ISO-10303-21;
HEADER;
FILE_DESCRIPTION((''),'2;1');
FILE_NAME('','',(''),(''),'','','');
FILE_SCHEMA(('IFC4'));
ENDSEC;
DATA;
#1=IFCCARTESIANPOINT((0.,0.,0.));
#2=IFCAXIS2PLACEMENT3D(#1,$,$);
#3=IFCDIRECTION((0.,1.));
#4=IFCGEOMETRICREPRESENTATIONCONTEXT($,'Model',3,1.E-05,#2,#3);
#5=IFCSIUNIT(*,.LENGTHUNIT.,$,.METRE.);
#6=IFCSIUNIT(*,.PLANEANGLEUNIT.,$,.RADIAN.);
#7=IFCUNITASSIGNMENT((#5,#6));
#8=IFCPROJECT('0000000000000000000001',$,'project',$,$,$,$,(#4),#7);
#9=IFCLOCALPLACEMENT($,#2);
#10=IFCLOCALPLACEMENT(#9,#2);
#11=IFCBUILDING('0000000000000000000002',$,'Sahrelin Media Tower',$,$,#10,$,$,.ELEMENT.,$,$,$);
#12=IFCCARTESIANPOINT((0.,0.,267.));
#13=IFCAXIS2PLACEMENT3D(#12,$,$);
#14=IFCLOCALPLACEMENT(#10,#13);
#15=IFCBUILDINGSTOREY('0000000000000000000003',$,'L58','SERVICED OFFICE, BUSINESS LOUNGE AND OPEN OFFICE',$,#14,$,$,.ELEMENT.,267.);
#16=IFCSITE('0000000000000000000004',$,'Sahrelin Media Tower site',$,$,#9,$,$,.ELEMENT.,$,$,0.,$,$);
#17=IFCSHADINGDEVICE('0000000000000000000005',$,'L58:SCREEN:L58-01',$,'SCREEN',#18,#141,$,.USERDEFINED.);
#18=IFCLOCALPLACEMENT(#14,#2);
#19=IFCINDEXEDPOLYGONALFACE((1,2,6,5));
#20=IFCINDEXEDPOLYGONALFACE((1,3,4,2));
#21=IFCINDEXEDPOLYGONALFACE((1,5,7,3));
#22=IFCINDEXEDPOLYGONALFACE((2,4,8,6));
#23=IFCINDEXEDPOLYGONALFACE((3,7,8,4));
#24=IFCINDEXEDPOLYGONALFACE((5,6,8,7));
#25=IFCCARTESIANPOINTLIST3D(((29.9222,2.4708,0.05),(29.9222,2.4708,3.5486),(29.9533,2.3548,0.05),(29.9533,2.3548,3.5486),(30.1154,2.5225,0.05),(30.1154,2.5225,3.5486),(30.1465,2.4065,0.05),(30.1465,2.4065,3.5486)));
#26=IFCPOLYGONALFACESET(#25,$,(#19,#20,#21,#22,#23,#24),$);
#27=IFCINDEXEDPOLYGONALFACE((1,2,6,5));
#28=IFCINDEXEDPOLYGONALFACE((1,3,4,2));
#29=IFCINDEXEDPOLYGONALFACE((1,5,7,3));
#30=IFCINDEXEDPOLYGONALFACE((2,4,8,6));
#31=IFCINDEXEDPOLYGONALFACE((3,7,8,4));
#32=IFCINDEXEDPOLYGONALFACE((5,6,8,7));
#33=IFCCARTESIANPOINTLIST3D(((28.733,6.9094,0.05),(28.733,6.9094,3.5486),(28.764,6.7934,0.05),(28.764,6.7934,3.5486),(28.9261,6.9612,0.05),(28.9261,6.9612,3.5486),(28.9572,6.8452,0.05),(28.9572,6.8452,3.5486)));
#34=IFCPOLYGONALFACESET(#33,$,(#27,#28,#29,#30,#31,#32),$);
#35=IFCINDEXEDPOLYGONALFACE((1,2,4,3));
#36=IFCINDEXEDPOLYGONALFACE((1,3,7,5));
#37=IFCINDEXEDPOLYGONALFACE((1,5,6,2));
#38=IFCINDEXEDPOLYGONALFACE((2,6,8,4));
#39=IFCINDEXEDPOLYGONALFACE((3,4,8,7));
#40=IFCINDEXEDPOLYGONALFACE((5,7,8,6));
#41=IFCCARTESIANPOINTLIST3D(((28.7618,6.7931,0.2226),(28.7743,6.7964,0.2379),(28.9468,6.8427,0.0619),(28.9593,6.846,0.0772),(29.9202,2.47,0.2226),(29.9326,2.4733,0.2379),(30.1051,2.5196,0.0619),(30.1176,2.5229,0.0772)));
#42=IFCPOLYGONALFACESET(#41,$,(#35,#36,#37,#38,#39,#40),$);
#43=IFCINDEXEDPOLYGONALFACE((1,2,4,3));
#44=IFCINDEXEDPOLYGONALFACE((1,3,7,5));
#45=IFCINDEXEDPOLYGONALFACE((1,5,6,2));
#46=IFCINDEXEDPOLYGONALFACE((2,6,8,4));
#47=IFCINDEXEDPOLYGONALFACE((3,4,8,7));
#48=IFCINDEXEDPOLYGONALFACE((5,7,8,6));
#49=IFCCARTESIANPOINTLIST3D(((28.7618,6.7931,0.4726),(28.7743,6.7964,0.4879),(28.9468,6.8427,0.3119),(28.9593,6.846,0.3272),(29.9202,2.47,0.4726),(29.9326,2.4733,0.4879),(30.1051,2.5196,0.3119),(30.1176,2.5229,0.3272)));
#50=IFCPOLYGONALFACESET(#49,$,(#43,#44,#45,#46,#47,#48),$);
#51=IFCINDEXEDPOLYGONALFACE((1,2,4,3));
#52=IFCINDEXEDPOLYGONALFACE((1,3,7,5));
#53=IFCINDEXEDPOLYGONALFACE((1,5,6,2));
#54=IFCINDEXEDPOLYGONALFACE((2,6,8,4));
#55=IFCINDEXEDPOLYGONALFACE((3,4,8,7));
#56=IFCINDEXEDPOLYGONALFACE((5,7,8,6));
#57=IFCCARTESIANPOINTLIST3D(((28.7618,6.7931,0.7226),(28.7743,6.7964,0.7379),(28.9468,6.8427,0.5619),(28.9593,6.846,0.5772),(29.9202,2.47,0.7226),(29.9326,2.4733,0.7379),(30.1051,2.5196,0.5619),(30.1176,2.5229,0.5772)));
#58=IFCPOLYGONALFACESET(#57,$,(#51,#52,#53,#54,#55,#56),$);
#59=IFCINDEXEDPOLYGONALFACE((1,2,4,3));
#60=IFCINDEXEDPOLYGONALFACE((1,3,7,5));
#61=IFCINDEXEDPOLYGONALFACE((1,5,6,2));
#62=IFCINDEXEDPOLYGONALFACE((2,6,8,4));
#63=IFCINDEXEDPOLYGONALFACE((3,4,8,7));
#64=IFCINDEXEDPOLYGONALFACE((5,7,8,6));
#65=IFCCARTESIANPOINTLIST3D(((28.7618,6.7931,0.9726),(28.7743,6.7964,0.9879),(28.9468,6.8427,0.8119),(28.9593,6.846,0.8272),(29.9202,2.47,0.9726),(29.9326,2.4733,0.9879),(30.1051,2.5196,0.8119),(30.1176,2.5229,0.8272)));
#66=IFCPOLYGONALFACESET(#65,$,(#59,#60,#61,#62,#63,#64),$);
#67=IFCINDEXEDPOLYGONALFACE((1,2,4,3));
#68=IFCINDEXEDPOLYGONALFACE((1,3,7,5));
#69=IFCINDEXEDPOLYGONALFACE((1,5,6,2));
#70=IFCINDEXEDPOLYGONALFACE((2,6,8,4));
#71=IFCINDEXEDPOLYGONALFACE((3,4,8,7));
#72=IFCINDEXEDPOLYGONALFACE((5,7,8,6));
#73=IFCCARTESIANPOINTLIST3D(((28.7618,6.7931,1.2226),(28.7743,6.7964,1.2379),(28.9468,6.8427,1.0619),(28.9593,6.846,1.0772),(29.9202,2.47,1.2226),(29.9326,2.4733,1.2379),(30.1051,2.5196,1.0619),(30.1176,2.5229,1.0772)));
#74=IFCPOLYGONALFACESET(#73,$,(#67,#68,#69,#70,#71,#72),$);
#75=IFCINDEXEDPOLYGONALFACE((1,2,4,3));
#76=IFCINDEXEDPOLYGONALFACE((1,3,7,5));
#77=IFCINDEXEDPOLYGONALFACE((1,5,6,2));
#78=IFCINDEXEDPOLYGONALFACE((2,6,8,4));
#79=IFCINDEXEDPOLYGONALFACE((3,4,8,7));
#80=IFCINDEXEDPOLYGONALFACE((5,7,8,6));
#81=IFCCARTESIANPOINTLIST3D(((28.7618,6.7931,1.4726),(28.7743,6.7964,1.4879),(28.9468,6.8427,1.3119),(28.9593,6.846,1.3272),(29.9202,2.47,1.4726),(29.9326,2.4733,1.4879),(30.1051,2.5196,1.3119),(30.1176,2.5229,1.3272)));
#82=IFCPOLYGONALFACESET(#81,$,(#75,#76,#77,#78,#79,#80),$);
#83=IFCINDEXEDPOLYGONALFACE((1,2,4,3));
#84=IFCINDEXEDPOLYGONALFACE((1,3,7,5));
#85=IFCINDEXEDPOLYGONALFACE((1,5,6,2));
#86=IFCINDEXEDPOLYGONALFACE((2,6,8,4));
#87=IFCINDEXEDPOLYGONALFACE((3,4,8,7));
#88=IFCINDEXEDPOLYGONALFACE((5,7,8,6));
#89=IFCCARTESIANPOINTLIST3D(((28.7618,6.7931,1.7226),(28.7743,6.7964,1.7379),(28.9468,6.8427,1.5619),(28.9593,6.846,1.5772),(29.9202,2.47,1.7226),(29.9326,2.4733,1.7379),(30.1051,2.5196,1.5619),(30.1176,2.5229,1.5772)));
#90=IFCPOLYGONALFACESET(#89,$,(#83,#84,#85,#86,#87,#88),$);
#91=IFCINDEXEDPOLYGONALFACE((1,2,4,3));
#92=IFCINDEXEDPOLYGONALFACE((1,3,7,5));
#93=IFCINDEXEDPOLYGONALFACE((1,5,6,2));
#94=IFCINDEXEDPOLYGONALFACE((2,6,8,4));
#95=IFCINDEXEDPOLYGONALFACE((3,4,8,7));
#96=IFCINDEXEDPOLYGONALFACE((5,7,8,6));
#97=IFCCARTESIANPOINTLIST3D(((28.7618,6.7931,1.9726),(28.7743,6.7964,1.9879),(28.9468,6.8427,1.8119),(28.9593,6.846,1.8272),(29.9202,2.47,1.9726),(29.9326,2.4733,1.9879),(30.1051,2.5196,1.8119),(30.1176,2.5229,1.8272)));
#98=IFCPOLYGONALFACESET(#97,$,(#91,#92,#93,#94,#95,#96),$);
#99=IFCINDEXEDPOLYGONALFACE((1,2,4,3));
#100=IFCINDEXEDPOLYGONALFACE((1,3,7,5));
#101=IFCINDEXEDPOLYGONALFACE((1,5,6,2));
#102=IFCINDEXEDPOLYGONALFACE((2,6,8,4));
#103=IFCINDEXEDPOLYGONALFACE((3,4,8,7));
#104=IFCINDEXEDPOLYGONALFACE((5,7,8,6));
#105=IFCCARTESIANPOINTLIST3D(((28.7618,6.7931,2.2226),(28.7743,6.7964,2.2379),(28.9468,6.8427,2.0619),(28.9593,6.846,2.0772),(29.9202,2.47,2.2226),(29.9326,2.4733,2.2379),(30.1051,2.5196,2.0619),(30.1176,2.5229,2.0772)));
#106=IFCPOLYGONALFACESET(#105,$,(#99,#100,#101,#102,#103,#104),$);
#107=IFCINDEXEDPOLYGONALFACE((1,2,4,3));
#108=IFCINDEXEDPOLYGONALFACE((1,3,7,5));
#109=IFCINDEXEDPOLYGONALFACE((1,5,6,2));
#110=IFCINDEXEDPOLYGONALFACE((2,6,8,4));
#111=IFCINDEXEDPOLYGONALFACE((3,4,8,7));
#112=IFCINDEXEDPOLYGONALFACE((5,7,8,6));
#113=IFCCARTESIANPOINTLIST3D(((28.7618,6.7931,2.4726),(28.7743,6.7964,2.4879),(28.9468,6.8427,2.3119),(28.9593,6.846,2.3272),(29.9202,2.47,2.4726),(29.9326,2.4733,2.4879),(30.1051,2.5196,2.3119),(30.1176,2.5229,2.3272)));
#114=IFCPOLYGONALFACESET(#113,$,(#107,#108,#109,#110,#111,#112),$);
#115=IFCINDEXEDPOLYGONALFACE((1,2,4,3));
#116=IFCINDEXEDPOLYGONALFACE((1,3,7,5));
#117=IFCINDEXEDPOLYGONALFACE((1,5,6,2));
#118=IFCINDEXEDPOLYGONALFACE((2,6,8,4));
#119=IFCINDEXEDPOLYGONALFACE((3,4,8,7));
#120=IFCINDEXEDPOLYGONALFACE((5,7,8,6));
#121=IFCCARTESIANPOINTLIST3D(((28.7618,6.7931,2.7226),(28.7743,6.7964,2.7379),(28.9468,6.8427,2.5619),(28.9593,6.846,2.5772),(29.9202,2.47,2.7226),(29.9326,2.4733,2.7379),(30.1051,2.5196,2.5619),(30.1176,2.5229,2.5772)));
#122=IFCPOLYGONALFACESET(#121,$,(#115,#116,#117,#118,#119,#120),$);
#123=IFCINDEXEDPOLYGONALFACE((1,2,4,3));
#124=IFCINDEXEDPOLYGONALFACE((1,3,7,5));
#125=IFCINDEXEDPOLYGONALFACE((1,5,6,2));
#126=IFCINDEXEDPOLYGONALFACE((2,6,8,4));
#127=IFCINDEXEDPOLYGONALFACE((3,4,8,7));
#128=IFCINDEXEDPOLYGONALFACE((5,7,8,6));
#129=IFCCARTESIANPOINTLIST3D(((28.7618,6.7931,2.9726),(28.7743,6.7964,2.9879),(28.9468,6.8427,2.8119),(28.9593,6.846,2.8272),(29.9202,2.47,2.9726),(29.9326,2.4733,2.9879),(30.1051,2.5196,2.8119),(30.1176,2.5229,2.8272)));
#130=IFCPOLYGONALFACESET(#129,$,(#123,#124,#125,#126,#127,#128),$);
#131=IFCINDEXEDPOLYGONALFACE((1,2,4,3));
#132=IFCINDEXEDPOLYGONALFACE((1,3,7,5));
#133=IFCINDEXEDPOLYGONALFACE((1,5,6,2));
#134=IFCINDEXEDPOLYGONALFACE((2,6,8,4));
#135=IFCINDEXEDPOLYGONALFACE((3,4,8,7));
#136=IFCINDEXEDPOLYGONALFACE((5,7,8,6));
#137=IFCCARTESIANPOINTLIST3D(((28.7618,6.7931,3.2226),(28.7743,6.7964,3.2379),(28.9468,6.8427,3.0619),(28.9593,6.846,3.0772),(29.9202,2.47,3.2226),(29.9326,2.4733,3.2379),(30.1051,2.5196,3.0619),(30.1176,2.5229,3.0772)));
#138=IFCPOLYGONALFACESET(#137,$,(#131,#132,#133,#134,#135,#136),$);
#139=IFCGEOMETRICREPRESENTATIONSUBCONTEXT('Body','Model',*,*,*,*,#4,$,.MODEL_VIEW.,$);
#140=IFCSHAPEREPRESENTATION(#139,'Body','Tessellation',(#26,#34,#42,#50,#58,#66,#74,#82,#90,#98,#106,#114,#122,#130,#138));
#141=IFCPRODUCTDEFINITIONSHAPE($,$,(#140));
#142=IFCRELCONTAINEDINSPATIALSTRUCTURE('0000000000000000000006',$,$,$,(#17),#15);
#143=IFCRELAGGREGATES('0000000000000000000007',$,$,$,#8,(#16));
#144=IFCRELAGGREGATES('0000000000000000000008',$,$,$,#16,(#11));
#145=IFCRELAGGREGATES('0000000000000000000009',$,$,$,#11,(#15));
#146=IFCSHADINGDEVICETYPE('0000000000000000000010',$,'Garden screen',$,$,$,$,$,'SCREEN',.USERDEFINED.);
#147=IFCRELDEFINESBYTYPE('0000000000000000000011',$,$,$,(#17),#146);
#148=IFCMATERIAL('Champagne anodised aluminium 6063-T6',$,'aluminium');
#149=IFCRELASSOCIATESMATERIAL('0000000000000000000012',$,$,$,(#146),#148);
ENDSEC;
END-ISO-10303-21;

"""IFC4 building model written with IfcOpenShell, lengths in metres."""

from ifc_helpers import new_model, si_unit, direction, frame, origin, origin_2d, place, context, subcontext, project, spatial, rectangle, extrude, material, type_object, element, save


model = new_model("IFC4")

# Units and contexts
model_context = context("Model", 3, precision=1e-05, world=origin(), true_north=direction((0.0, 1.0)))
body_context = subcontext(model_context, "Body", "Model", "MODEL_VIEW")
ifc_project = project(units=[si_unit("LENGTHUNIT", "METRE"), si_unit("PLANEANGLEUNIT", "RADIAN")], contexts=[model_context])

# Site, building, storey
site_placement = place(None, origin())
site = spatial("IfcSite", under=ifc_project, at=site_placement, Name="Sahrelin Media Tower site", CompositionType="ELEMENT", RefElevation=0.0)
building_placement = place(site_placement, origin())
building = spatial("IfcBuilding", under=site, at=building_placement, Name="Sahrelin Media Tower", CompositionType="ELEMENT")
storey_placement = place(building_placement, frame((0.0, 0.0, 267.0)))
storey = spatial("IfcBuildingStorey", under=building, at=storey_placement, Name="L58", Description="SERVICED OFFICE, BUSINESS LOUNGE AND OPEN OFFICE", CompositionType="ELEMENT", Elevation=267.0)

# Shared definitions
ifc_material_1 = material(Name="Champagne anodised aluminium 6063-T6", Category="aluminium")

# Shading device
shading_device_type_1 = type_object("IfcShadingDeviceType", Name="Garden screen", ElementType="SCREEN", PredefinedType="USERDEFINED", material=ifc_material_1)
shading_device_1_placement = place(storey_placement, frame((29.343, 4.6321, 0.0), z_axis=(0.0, 0.0, 1.0), x_axis=(0.258808, -0.965929, 0.0)))
element("IfcShadingDevice", 1, at=shading_device_1_placement, inside=storey, type_object=shading_device_type_1, Name="L58:SCREEN:L58-01", ObjectType="SCREEN", PredefinedType="USERDEFINED", context=body_context, shape_type="SweptSolid", body=[
    extrude(rectangle(XDim=0.1201, YDim=0.2, at=origin_2d()), frame((2.2976, 0.1001, 0.05), z_axis=(0.0, 0.0, 1.0), x_axis=(1.0, 0.0, 0.0)), (0.0, 0.0, 1.0), 3.4985),
    extrude(rectangle(XDim=0.1201, YDim=0.2, at=origin_2d()), frame((-2.2976, 0.1001, 0.05), z_axis=(0.0, 0.0, 1.0), x_axis=(1.0, 0.0, 0.0)), (0.0, 0.0, 1.0), 3.4985),
    extrude(rectangle(XDim=0.25, YDim=0.02, at=origin_2d()), frame((2.2378, 0.1001, 0.1499), z_axis=(-1.0, 0.0, 0.0), x_axis=(0.0, -0.766044, 0.642788)), (0.0, 0.0, 1.0), 4.4756),
    extrude(rectangle(XDim=0.25, YDim=0.02, at=origin_2d()), frame((2.2378, 0.1001, 0.3999), z_axis=(-1.0, 0.0, 0.0), x_axis=(0.0, -0.766044, 0.642788)), (0.0, 0.0, 1.0), 4.4756),
    extrude(rectangle(XDim=0.25, YDim=0.02, at=origin_2d()), frame((2.2378, 0.1001, 0.6499), z_axis=(-1.0, 0.0, 0.0), x_axis=(0.0, -0.766044, 0.642788)), (0.0, 0.0, 1.0), 4.4756),
    extrude(rectangle(XDim=0.25, YDim=0.02, at=origin_2d()), frame((2.2378, 0.1001, 0.8999), z_axis=(-1.0, 0.0, 0.0), x_axis=(0.0, -0.766044, 0.642788)), (0.0, 0.0, 1.0), 4.4756),
    extrude(rectangle(XDim=0.25, YDim=0.02, at=origin_2d()), frame((2.2378, 0.1001, 1.1499), z_axis=(-1.0, 0.0, 0.0), x_axis=(0.0, -0.766044, 0.642788)), (0.0, 0.0, 1.0), 4.4756),
    extrude(rectangle(XDim=0.25, YDim=0.02, at=origin_2d()), frame((2.2378, 0.1001, 1.3999), z_axis=(-1.0, 0.0, 0.0), x_axis=(0.0, -0.766044, 0.642788)), (0.0, 0.0, 1.0), 4.4756),
    extrude(rectangle(XDim=0.25, YDim=0.02, at=origin_2d()), frame((2.2378, 0.1001, 1.6499), z_axis=(-1.0, 0.0, 0.0), x_axis=(0.0, -0.766044, 0.642788)), (0.0, 0.0, 1.0), 4.4756),
    extrude(rectangle(XDim=0.25, YDim=0.02, at=origin_2d()), frame((2.2378, 0.1001, 1.8999), z_axis=(-1.0, 0.0, 0.0), x_axis=(0.0, -0.766044, 0.642788)), (0.0, 0.0, 1.0), 4.4756),
    extrude(rectangle(XDim=0.25, YDim=0.02, at=origin_2d()), frame((2.2378, 0.1001, 2.1499), z_axis=(-1.0, 0.0, 0.0), x_axis=(0.0, -0.766044, 0.642788)), (0.0, 0.0, 1.0), 4.4756),
    extrude(rectangle(XDim=0.25, YDim=0.02, at=origin_2d()), frame((2.2378, 0.1001, 2.3999), z_axis=(-1.0, 0.0, 0.0), x_axis=(0.0, -0.766044, 0.642788)), (0.0, 0.0, 1.0), 4.4756),
    extrude(rectangle(XDim=0.25, YDim=0.02, at=origin_2d()), frame((2.2378, 0.1001, 2.6499), z_axis=(-1.0, 0.0, 0.0), x_axis=(0.0, -0.766044, 0.642788)), (0.0, 0.0, 1.0), 4.4756),
    extrude(rectangle(XDim=0.25, YDim=0.02, at=origin_2d()), frame((2.2378, 0.1001, 2.8999), z_axis=(-1.0, 0.0, 0.0), x_axis=(0.0, -0.766044, 0.642788)), (0.0, 0.0, 1.0), 4.4756),
    extrude(rectangle(XDim=0.25, YDim=0.02, at=origin_2d()), frame((2.2378, 0.1001, 3.1499), z_axis=(-1.0, 0.0, 0.0), x_axis=(0.0, -0.766044, 0.642788)), (0.0, 0.0, 1.0), 4.4756),
])

save(model, "model.ifc")
